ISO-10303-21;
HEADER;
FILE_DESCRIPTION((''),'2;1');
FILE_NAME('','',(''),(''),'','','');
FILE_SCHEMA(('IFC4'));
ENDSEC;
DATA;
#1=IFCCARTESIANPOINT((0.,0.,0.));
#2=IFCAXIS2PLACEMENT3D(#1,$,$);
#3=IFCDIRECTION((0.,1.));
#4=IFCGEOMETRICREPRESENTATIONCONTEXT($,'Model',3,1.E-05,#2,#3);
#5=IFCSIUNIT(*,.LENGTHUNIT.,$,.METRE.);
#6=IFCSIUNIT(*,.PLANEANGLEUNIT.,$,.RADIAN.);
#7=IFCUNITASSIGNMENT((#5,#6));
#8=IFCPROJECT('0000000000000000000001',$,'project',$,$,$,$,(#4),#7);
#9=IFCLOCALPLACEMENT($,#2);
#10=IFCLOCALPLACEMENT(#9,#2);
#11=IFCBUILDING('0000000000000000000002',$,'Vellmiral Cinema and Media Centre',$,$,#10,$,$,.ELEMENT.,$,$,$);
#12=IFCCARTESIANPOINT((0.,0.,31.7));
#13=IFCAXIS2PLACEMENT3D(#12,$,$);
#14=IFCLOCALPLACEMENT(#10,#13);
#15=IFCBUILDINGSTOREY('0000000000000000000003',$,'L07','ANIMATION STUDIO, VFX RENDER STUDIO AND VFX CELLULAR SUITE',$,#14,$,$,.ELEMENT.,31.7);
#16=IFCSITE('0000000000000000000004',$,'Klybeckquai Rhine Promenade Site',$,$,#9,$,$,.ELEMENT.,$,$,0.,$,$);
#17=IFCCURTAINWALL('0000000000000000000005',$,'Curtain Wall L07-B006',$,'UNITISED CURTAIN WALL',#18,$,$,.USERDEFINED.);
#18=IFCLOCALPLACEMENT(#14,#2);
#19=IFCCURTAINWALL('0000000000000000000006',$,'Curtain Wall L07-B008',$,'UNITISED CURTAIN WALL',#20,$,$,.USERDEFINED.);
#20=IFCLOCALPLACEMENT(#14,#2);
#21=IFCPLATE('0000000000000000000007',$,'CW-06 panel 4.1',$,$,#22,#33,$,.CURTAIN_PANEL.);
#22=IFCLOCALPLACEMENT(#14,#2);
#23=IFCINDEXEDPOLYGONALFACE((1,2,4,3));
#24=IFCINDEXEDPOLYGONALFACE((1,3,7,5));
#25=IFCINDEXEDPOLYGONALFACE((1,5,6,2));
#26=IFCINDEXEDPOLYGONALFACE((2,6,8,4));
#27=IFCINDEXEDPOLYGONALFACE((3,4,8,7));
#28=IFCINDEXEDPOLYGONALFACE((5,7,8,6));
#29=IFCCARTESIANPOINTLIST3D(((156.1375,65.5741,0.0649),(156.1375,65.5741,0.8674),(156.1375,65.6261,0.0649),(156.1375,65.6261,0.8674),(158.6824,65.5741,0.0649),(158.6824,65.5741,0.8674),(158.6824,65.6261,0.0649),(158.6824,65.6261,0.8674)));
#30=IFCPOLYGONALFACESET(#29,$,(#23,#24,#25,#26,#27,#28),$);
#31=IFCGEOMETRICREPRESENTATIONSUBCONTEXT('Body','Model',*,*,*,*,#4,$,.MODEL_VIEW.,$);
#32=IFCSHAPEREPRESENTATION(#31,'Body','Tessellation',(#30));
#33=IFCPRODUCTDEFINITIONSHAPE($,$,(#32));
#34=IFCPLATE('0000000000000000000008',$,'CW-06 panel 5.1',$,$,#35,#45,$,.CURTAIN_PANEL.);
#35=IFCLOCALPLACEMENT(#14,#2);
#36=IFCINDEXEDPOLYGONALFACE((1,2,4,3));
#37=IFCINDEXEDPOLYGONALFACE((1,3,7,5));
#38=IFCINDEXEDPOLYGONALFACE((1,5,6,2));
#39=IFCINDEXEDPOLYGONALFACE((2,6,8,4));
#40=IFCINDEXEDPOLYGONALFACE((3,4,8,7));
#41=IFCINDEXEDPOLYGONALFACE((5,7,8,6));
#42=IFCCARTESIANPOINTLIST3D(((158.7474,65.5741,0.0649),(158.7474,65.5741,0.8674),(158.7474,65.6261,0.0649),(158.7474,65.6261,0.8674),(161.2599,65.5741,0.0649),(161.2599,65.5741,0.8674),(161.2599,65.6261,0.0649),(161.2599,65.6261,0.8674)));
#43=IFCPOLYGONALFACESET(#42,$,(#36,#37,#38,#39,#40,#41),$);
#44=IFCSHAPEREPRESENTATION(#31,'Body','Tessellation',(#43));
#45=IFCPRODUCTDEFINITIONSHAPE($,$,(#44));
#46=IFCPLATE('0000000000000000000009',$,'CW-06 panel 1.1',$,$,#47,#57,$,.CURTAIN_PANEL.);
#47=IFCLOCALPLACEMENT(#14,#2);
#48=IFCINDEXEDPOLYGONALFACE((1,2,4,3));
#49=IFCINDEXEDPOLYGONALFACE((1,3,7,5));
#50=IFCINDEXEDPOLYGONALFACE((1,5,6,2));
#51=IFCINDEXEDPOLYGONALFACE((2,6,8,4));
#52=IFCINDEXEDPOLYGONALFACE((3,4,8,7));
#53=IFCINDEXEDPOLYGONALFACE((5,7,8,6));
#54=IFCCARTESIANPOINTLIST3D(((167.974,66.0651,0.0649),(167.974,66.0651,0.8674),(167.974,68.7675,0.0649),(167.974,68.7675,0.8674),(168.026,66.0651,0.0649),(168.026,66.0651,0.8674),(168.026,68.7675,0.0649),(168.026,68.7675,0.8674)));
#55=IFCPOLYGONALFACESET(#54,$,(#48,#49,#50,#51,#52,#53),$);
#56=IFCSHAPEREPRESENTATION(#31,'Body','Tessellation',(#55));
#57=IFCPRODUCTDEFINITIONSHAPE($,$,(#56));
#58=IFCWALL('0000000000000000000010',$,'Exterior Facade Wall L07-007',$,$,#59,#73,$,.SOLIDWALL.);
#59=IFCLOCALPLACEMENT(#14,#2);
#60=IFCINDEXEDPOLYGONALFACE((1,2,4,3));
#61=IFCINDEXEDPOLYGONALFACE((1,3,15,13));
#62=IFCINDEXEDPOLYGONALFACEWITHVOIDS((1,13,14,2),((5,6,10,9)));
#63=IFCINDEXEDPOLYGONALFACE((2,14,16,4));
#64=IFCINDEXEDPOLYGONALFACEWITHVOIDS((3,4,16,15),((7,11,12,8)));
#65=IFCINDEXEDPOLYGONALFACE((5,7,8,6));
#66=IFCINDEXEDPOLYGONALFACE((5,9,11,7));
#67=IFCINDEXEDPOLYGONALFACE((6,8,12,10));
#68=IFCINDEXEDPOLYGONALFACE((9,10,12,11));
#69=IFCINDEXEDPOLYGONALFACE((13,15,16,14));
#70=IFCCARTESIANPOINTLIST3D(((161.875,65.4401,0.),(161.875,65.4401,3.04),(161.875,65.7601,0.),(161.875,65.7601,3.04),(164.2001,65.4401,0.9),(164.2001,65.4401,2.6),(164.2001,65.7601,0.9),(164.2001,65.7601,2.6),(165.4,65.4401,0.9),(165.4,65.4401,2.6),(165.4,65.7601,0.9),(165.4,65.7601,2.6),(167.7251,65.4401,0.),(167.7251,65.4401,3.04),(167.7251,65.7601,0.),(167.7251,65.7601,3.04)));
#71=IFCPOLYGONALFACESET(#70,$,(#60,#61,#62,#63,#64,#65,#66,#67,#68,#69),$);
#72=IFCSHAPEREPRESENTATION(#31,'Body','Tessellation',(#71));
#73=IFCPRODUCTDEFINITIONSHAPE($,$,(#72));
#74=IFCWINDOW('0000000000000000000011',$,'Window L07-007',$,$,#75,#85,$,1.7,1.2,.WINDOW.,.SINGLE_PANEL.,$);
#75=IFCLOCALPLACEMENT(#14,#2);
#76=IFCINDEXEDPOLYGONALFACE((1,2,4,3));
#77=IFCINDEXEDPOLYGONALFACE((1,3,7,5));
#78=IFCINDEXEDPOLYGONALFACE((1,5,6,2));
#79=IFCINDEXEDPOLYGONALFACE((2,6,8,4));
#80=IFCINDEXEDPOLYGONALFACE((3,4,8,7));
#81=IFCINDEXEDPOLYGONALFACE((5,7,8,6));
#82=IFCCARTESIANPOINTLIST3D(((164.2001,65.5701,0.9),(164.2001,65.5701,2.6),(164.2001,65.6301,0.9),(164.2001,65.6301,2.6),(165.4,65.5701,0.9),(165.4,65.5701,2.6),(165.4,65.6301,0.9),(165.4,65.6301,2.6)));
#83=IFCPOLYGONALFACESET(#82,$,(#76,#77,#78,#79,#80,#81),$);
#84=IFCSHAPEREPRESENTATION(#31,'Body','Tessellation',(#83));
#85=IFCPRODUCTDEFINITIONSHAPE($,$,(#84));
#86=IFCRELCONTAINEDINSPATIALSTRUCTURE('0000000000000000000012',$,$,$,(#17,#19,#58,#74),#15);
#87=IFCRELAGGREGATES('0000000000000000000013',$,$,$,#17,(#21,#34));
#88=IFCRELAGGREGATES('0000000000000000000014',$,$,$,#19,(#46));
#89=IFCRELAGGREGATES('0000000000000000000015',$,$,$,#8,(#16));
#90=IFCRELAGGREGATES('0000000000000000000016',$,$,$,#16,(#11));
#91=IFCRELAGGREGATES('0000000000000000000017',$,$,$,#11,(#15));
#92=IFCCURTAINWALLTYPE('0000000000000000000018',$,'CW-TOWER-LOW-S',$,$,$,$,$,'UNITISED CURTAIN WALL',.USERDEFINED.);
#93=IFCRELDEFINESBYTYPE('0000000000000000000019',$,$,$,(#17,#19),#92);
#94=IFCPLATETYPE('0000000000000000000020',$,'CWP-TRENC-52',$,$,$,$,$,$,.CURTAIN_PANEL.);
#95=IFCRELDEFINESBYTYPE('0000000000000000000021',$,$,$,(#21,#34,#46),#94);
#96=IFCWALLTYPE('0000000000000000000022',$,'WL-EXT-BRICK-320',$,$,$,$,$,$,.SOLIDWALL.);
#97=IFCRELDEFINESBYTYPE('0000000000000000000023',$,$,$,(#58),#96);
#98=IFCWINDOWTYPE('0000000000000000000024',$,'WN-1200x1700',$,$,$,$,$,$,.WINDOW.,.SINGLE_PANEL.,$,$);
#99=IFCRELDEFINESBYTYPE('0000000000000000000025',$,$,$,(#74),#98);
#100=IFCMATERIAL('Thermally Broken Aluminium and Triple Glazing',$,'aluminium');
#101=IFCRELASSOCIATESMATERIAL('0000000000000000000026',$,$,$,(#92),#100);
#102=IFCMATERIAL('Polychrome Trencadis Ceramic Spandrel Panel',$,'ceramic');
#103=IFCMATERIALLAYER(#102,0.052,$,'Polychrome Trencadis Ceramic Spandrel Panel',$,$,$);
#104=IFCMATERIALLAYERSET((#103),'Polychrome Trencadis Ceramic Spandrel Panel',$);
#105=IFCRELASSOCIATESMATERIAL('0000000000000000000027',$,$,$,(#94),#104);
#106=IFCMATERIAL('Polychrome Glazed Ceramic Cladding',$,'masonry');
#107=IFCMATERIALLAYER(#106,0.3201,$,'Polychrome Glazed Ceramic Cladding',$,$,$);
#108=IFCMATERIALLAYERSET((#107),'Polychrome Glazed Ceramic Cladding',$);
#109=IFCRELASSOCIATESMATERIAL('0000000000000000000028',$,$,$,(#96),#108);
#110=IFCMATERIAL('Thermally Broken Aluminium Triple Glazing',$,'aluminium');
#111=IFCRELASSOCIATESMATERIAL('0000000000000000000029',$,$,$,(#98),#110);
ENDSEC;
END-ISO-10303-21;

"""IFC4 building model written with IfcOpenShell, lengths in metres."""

from ifc_helpers import new_model, si_unit, direction, frame, frame_2d, origin, origin_2d, place, context, subcontext, project, spatial, rectangle, extrude, material, layer, layer_set, type_object, element, fill, aggregate, save


model = new_model("IFC4")

# Units and contexts
model_context = context("Model", 3, precision=1e-05, world=origin(), true_north=direction((0.0, 1.0)))
body_context = subcontext(model_context, "Body", "Model", "MODEL_VIEW")
ifc_project = project(units=[si_unit("LENGTHUNIT", "METRE"), si_unit("PLANEANGLEUNIT", "RADIAN")], contexts=[model_context])

# Site, building, storey
site_placement = place(None, origin())
site = spatial("IfcSite", under=ifc_project, at=site_placement, Name="Klybeckquai Rhine Promenade Site", CompositionType="ELEMENT", RefElevation=0.0)
building_placement = place(site_placement, origin())
building = spatial("IfcBuilding", under=site, at=building_placement, Name="Vellmiral Cinema and Media Centre", CompositionType="ELEMENT")
storey_placement = place(building_placement, frame((0.0, 0.0, 31.7)))
storey = spatial("IfcBuildingStorey", under=building, at=storey_placement, Name="L07", Description="ANIMATION STUDIO, VFX RENDER STUDIO AND VFX CELLULAR SUITE", CompositionType="ELEMENT", Elevation=31.7)

# Curtain walls
ifc_material_1 = material(Name="Thermally Broken Aluminium and Triple Glazing", Category="aluminium")
curtain_wall_type = type_object("IfcCurtainWallType", Name="CW-TOWER-LOW-S", ElementType="UNITISED CURTAIN WALL", PredefinedType="USERDEFINED", material=ifc_material_1)
curtain_wall_1_placement = place(storey_placement, origin())
curtain_wall_1 = element("IfcCurtainWall", 1, at=curtain_wall_1_placement, inside=storey, type_object=curtain_wall_type, Name="Curtain Wall L07-B006", ObjectType="UNITISED CURTAIN WALL", PredefinedType="USERDEFINED")
curtain_wall_2_placement = place(storey_placement, origin())
curtain_wall_2 = element("IfcCurtainWall", 2, at=curtain_wall_2_placement, inside=storey, type_object=curtain_wall_type, Name="Curtain Wall L07-B008", ObjectType="UNITISED CURTAIN WALL", PredefinedType="USERDEFINED")

# Plates
ifc_material_2 = material(Name="Polychrome Trencadis Ceramic Spandrel Panel", Category="ceramic")
ifc_layer_1 = layer(ifc_material_2, 0.052, Name="Polychrome Trencadis Ceramic Spandrel Panel")
ifc_layer_set_1 = layer_set([ifc_layer_1], Name="Polychrome Trencadis Ceramic Spandrel Panel")
plate_type_1 = type_object("IfcPlateType", Name="CWP-TRENC-52", PredefinedType="CURTAIN_PANEL", material=ifc_layer_set_1)
plate_1_placement = place(storey_placement, frame((157.4099, 65.6001, 0.0649), z_axis=(0.0, 0.0, 1.0), x_axis=(1.0, 0.0, 0.0)))
plate_1 = element("IfcPlate", 3, at=plate_1_placement, type_object=plate_type_1, Name="CW-06 panel 4.1", PredefinedType="CURTAIN_PANEL", context=body_context, shape_type="SweptSolid", body=[
    extrude(rectangle(XDim=2.5449, YDim=0.052, at=origin_2d()), origin(), (0.0, 0.0, 1.0), 0.8025),
])
plate_2_placement = place(storey_placement, frame((160.0037, 65.6001, 0.0649), z_axis=(0.0, 0.0, 1.0), x_axis=(1.0, 0.0, 0.0)))
plate_2 = element("IfcPlate", 4, at=plate_2_placement, type_object=plate_type_1, Name="CW-06 panel 5.1", PredefinedType="CURTAIN_PANEL", context=body_context, shape_type="SweptSolid", body=[
    extrude(rectangle(XDim=2.5125, YDim=0.052, at=origin_2d()), origin(), (0.0, 0.0, 1.0), 0.8025),
])
aggregate(curtain_wall_1, [plate_1, plate_2])
plate_3_placement = place(storey_placement, frame((168.0, 67.4163, 0.0649), z_axis=(0.0, 0.0, 1.0), x_axis=(0.0, 1.0, 0.0)))
plate_3 = element("IfcPlate", 5, at=plate_3_placement, type_object=plate_type_1, Name="CW-06 panel 1.1", PredefinedType="CURTAIN_PANEL", context=body_context, shape_type="SweptSolid", body=[
    extrude(rectangle(XDim=2.7024, YDim=0.052, at=origin_2d()), origin(), (0.0, 0.0, 1.0), 0.8025),
])
aggregate(curtain_wall_2, [plate_3])

# Wall, opening, window
ifc_material_3 = material(Name="Polychrome Glazed Ceramic Cladding", Category="masonry")
ifc_layer_2 = layer(ifc_material_3, 0.3201, Name="Polychrome Glazed Ceramic Cladding")
ifc_layer_set_2 = layer_set([ifc_layer_2], Name="Polychrome Glazed Ceramic Cladding")
wall_type = type_object("IfcWallType", Name="WL-EXT-BRICK-320", PredefinedType="SOLIDWALL", material=ifc_layer_set_2)
wall_placement = place(storey_placement, frame((161.875, 65.6001, 0.0), z_axis=(0.0, 0.0, 1.0), x_axis=(1.0, 0.0, 0.0)))
wall = element("IfcWall", 6, at=wall_placement, inside=storey, type_object=wall_type, Name="Exterior Facade Wall L07-007", PredefinedType="SOLIDWALL", context=body_context, shape_type="SweptSolid", body=[
    extrude(rectangle(XDim=5.8501, YDim=0.3201, at=frame_2d((2.925, 0.0))), origin(), (0.0, 0.0, 1.0), 3.04),
])
opening_placement = place(wall_placement, frame((2.325, 0.0, 0.8999)))
opening = element("IfcOpeningElement", 7, at=opening_placement, cuts=wall, PredefinedType="OPENING", context=body_context, shape_type="SweptSolid", body=[
    extrude(rectangle(XDim=1.2, YDim=1.7, at=frame_2d((0.6001, 0.8501))), frame((0.0, 0.1719, 0.0), z_axis=(0.0, -1.0, 0.0), x_axis=(1.0, 0.0, 0.0)), (0.0, 0.0, 1.0), 0.344),
])
ifc_material_4 = material(Name="Thermally Broken Aluminium Triple Glazing", Category="aluminium")
window_type = type_object("IfcWindowType", Name="WN-1200x1700", PartitioningType="SINGLE_PANEL", PredefinedType="WINDOW", material=ifc_material_4)
window_placement = place(opening_placement, origin())
window = element("IfcWindow", 8, at=window_placement, inside=storey, type_object=window_type, Name="Window L07-007", OverallHeight=1.7, OverallWidth=1.2, PartitioningType="SINGLE_PANEL", PredefinedType="WINDOW", context=body_context, shape_type="SweptSolid", body=[
    extrude(rectangle(XDim=1.2, YDim=1.7, at=frame_2d((0.6001, 0.8501))), frame((0.0, 0.03, 0.0), z_axis=(0.0, -1.0, 0.0), x_axis=(1.0, 0.0, 0.0)), (0.0, 0.0, 1.0), 0.0601),
])
fill(opening, window)

save(model, "model.ifc")
